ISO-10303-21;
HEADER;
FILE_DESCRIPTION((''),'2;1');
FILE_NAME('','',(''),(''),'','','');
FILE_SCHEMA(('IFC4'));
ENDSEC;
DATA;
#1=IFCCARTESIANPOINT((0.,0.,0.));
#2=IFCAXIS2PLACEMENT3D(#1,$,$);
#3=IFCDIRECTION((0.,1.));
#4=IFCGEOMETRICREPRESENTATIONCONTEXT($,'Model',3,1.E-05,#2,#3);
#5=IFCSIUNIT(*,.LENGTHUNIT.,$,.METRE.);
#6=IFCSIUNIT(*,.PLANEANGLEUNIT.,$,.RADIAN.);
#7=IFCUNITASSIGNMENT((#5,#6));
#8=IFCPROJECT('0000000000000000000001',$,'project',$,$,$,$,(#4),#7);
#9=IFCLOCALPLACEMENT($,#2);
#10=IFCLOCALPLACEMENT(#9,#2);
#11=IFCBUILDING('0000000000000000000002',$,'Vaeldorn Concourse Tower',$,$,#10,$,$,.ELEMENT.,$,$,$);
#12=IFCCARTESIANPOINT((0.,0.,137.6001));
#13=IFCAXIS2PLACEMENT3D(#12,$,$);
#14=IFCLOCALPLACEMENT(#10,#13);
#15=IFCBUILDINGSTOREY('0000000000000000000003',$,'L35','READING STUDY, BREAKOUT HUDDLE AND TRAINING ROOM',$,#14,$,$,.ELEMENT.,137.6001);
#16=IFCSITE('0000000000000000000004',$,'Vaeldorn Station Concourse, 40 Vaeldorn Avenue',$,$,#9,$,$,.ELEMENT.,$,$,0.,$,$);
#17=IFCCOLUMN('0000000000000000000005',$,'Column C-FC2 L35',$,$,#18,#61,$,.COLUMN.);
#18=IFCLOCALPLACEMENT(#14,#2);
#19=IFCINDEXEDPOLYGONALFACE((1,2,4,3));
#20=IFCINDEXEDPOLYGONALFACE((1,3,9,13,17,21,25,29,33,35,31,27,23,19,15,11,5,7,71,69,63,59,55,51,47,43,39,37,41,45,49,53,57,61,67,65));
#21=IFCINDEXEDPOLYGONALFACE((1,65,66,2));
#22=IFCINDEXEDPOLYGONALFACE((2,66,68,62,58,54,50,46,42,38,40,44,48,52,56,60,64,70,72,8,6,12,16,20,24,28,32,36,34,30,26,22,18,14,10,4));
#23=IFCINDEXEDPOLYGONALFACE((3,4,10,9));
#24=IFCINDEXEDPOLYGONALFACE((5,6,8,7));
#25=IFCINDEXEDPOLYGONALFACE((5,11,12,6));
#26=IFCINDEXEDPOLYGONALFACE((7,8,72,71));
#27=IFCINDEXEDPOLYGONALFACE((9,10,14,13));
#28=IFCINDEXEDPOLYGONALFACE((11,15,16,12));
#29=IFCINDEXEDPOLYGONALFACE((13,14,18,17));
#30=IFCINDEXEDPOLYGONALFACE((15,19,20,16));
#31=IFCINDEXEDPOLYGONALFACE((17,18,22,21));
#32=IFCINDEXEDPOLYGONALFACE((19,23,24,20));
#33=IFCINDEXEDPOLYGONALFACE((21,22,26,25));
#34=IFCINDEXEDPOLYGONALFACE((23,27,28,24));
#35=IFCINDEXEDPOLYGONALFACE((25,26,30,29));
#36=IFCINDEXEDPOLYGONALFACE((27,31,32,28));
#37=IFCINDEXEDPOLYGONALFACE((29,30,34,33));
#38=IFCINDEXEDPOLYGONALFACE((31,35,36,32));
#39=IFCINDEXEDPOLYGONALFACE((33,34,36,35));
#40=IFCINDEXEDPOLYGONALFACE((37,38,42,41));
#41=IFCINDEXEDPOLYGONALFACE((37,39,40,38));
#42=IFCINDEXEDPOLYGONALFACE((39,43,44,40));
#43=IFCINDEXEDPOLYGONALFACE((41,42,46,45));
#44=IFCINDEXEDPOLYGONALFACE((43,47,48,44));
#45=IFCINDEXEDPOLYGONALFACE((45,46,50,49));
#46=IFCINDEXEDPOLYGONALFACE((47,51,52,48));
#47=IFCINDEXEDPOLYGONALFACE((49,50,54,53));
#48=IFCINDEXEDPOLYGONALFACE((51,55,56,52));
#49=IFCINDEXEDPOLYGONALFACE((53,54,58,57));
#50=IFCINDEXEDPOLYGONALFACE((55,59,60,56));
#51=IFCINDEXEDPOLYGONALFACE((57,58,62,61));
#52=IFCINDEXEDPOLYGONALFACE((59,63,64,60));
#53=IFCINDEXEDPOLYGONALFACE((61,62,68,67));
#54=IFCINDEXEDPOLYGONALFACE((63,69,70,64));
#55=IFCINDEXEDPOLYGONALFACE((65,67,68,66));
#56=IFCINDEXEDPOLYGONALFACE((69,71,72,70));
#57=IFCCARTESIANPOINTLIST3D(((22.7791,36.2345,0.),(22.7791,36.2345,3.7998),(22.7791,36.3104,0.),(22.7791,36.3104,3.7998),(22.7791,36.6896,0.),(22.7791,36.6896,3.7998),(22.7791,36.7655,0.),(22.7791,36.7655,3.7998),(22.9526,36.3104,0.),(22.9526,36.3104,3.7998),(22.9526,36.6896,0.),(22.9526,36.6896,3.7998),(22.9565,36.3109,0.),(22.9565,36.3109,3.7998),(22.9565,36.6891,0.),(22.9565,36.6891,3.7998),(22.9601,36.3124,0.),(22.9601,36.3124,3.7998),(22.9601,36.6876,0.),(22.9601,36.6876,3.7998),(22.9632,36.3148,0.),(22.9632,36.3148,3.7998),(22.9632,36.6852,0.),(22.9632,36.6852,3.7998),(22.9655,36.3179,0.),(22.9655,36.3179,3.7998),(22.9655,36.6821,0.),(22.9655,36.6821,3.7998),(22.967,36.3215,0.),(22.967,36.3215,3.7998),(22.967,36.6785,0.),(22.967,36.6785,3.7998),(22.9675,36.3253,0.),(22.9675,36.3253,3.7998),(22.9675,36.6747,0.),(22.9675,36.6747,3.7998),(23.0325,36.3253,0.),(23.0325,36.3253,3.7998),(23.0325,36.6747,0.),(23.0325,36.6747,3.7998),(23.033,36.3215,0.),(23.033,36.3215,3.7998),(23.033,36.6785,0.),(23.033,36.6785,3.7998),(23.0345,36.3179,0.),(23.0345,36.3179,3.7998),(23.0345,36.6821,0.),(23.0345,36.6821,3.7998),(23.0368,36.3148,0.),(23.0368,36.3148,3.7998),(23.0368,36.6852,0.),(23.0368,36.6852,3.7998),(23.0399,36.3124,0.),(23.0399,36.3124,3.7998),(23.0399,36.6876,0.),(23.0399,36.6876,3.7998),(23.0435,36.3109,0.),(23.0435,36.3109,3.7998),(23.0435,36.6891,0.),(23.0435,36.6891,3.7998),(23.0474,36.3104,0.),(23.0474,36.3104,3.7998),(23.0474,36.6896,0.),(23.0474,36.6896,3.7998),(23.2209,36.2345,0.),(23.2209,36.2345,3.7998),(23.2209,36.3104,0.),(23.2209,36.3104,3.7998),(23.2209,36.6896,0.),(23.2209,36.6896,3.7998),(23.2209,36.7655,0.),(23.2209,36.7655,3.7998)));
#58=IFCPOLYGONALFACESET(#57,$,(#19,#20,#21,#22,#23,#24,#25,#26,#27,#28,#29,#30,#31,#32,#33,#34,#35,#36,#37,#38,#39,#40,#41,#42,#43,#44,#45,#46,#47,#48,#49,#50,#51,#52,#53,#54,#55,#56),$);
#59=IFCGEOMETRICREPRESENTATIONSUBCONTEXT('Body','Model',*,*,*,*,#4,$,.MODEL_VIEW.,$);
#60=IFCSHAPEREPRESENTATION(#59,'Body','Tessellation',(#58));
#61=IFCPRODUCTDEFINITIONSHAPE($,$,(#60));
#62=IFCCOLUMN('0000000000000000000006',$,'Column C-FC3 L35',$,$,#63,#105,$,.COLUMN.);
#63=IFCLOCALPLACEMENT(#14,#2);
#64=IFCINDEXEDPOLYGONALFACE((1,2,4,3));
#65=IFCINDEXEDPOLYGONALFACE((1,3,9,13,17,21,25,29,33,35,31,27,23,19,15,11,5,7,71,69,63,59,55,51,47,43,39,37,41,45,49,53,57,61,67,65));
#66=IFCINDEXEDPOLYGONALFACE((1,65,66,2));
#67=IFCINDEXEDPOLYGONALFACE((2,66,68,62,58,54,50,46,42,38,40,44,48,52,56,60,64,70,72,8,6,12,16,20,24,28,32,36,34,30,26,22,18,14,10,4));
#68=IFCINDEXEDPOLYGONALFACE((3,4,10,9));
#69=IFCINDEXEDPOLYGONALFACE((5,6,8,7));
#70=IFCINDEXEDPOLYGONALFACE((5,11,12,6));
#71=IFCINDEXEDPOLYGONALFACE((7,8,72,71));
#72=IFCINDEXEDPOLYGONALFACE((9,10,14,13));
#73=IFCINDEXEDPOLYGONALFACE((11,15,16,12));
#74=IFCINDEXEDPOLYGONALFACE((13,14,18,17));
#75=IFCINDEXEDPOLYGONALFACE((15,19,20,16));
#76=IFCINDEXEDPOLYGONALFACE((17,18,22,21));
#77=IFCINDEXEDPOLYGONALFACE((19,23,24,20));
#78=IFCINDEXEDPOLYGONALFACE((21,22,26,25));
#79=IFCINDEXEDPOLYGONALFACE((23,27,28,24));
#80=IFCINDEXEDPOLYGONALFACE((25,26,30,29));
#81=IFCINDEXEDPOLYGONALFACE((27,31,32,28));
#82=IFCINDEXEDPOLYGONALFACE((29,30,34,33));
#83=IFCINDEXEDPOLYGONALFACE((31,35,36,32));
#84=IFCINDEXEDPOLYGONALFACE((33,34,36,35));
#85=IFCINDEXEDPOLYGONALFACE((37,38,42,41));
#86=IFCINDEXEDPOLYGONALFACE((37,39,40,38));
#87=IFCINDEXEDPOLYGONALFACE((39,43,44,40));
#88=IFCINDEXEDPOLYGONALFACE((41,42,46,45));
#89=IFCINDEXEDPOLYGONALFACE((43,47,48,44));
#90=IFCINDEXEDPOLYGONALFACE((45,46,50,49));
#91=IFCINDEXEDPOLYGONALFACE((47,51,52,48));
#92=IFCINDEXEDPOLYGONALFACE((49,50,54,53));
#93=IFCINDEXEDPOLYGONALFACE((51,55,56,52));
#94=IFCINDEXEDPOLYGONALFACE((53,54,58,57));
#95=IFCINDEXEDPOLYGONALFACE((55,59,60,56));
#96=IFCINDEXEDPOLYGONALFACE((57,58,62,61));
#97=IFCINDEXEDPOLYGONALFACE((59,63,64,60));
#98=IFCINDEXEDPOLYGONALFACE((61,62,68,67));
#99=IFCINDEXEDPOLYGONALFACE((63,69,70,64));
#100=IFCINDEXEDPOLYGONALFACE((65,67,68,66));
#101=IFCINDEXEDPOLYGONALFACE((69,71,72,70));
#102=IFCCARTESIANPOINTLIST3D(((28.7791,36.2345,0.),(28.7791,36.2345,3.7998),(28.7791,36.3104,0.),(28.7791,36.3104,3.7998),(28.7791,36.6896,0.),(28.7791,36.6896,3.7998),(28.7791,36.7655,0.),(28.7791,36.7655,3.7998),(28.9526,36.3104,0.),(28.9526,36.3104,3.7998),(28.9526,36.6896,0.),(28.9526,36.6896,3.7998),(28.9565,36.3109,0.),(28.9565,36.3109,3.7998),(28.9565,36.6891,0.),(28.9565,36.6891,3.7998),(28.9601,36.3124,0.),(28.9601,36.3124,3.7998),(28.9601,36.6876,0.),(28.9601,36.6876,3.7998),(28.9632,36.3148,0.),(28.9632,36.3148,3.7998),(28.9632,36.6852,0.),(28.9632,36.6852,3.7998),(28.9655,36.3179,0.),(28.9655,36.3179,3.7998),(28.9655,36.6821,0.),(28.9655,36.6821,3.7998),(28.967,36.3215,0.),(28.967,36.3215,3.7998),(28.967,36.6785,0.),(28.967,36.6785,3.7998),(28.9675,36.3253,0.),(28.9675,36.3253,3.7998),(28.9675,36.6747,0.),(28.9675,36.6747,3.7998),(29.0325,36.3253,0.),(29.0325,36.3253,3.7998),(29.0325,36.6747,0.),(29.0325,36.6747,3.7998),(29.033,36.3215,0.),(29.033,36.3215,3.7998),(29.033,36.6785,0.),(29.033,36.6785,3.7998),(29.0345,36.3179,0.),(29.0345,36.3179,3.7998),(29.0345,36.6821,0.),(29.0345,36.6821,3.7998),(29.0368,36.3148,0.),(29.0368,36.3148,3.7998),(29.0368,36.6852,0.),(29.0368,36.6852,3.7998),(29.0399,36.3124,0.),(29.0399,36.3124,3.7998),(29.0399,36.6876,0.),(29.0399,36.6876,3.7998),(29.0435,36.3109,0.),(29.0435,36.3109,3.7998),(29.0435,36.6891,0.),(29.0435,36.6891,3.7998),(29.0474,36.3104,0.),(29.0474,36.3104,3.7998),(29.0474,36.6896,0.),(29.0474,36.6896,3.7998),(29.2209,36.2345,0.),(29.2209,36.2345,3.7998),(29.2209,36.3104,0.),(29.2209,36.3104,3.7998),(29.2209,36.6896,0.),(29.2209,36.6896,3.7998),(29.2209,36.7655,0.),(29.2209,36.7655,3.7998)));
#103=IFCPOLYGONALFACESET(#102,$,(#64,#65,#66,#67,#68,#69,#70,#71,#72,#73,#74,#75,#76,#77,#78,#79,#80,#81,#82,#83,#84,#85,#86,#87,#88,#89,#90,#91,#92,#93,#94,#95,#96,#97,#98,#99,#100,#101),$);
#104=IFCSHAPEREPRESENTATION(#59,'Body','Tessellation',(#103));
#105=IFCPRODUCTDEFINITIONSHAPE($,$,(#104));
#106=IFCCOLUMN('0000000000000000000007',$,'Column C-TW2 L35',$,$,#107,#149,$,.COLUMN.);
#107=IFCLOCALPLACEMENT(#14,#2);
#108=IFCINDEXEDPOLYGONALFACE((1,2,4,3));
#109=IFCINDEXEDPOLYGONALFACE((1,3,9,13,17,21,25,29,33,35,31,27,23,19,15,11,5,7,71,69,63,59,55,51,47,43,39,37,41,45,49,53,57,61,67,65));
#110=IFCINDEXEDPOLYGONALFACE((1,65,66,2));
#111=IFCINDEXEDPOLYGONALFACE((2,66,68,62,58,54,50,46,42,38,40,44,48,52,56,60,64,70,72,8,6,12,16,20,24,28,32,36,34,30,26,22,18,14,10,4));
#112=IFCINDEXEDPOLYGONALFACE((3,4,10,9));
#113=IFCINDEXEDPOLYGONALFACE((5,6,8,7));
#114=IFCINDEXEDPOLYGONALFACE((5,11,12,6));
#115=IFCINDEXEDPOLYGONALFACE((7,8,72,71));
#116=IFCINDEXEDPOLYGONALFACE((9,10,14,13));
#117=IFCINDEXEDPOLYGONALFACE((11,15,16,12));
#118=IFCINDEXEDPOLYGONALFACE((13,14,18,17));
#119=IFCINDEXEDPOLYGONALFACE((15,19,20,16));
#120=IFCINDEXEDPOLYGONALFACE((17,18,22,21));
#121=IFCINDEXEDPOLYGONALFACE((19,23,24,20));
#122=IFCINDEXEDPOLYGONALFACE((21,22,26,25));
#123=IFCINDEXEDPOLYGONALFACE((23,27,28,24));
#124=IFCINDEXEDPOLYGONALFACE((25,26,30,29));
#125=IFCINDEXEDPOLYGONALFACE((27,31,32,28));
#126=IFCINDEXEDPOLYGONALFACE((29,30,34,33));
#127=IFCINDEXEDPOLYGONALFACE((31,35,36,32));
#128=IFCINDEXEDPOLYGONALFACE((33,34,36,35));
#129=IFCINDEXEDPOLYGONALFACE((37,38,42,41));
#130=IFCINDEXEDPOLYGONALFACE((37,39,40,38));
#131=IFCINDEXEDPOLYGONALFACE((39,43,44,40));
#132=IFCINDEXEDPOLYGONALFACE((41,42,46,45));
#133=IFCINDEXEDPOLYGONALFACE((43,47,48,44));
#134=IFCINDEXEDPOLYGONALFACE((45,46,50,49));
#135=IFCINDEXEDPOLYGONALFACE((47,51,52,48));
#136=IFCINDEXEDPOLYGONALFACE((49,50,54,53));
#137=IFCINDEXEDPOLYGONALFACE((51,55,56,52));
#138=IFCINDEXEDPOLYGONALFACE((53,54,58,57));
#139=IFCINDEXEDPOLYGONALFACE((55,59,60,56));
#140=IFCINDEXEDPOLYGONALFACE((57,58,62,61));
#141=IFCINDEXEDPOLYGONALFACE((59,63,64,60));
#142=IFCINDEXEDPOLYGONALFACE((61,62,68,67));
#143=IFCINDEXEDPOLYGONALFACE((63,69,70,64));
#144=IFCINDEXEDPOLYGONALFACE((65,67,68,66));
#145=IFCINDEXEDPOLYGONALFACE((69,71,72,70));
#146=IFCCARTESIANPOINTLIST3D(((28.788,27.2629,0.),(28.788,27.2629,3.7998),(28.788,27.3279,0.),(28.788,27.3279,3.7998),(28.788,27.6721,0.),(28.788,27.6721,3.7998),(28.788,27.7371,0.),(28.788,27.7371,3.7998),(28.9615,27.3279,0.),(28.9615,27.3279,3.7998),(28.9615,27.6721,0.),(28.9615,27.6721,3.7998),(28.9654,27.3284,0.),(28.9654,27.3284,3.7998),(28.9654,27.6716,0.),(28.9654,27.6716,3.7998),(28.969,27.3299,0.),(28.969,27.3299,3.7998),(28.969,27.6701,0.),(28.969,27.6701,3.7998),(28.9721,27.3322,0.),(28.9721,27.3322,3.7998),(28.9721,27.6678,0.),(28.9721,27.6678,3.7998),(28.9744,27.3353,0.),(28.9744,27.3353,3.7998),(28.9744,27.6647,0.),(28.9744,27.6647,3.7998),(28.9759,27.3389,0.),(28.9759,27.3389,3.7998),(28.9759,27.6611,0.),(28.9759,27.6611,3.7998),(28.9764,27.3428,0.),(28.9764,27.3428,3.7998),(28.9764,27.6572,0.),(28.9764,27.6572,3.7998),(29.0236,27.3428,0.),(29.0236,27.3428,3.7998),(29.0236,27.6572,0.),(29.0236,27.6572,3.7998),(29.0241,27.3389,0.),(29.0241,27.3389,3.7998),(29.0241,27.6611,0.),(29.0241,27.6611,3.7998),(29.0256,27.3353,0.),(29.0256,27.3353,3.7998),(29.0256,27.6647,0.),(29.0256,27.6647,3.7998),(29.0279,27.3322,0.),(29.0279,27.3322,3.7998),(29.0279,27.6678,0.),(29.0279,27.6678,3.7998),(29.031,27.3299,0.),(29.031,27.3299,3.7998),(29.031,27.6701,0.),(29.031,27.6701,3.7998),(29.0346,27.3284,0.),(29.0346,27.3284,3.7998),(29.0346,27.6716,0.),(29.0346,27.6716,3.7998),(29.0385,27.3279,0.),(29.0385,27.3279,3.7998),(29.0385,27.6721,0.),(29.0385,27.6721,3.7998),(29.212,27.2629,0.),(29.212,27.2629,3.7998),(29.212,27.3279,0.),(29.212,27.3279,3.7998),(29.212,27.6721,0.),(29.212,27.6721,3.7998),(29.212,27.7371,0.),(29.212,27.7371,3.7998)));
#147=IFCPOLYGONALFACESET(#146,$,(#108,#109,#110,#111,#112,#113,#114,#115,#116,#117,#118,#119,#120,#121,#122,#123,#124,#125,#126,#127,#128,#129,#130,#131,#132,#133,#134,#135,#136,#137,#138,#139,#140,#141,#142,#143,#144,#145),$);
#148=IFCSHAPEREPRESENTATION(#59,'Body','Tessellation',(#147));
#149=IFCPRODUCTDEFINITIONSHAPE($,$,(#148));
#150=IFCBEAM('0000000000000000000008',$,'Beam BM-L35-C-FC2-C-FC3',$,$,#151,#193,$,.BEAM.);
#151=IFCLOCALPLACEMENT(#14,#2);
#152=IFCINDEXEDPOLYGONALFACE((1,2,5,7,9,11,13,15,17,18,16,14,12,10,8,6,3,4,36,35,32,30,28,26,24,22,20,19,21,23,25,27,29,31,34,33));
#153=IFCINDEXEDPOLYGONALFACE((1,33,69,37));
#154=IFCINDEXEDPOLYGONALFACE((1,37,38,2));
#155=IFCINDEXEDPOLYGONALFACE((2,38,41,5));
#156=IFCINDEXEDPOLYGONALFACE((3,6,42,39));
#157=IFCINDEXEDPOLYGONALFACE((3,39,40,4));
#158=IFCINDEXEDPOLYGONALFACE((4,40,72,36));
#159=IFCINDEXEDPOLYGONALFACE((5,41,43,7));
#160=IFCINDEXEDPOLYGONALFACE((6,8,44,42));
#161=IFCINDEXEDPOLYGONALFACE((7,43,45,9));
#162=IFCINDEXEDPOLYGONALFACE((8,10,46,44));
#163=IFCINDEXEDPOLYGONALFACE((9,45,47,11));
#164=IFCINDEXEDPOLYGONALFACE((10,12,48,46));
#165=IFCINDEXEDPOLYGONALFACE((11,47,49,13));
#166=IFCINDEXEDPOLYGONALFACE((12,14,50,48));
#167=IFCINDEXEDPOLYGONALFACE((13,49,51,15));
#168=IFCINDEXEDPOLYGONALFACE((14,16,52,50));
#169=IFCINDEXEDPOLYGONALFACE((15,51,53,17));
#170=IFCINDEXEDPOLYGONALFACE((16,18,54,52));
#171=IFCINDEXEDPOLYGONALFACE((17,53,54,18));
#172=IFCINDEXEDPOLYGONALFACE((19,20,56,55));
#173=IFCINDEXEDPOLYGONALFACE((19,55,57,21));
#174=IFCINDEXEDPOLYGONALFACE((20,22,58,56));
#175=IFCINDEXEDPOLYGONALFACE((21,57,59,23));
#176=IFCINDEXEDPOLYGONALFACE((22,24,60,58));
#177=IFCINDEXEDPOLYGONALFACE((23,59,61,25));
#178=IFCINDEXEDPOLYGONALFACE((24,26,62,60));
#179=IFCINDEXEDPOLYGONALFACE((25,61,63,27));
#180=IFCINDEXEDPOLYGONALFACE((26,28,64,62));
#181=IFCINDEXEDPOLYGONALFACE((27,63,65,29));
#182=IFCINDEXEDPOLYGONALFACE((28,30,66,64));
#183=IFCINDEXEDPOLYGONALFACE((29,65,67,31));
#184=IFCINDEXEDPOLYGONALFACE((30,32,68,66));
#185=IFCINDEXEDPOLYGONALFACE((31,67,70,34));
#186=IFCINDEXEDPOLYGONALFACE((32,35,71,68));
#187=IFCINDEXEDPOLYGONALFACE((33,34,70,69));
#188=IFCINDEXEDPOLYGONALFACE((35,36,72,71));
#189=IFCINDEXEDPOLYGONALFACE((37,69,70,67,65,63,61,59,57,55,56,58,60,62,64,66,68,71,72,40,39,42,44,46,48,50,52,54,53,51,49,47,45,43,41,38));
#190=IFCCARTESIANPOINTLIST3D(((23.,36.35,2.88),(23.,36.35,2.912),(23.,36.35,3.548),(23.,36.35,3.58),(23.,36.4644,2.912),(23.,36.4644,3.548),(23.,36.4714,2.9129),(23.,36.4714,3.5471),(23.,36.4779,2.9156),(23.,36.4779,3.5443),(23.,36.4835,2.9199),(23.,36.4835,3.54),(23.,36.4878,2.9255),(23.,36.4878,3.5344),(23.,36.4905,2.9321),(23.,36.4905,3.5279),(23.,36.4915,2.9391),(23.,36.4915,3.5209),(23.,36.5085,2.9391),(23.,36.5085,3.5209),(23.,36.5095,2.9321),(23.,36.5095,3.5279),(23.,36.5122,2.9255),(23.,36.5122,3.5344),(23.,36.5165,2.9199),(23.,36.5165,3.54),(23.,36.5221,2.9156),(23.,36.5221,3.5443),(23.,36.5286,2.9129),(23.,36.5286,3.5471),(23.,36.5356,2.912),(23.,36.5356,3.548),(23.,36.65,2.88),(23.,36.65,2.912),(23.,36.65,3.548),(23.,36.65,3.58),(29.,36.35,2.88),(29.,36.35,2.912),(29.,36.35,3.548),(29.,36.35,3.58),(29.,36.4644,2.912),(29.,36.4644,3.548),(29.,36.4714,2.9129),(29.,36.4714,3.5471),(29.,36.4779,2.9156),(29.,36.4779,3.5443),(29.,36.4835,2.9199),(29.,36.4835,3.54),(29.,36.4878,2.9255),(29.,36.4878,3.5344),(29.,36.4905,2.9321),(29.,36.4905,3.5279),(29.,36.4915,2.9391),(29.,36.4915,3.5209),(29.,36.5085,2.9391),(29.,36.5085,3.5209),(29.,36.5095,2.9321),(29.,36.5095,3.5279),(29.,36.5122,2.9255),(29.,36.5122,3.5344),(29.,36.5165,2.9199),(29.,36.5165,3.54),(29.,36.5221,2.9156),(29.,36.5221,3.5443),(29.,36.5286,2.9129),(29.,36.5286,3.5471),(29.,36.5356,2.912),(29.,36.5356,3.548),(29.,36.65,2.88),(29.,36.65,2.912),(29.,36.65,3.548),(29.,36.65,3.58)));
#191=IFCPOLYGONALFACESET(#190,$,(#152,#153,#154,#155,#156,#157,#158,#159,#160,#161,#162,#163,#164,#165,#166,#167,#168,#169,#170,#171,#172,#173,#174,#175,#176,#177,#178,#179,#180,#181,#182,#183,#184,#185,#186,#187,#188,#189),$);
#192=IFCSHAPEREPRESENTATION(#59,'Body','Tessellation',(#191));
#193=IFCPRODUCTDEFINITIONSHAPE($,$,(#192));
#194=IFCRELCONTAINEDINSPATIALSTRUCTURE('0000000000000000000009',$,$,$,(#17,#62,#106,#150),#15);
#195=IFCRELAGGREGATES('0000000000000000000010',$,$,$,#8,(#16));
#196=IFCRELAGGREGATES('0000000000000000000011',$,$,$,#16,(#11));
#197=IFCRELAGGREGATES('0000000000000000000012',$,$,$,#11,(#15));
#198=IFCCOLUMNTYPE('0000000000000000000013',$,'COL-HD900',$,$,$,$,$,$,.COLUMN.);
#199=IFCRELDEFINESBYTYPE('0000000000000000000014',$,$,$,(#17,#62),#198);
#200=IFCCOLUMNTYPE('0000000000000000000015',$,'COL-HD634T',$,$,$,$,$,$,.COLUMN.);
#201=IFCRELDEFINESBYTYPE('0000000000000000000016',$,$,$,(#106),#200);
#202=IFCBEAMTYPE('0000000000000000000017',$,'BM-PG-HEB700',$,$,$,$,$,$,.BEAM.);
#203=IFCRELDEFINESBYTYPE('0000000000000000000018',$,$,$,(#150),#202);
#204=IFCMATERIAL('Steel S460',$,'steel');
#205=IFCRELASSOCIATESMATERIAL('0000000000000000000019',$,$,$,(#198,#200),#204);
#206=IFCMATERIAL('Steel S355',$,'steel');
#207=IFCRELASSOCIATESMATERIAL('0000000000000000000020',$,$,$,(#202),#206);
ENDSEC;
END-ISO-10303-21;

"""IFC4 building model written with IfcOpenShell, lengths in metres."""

from ifc_helpers import new_model, si_unit, direction, frame, origin, origin_2d, place, context, subcontext, project, spatial, i_section, extrude, source, transform, mapped, material, material_profile, profile_set, type_object, element, save


model = new_model("IFC4")

# Units and contexts
model_context = context("Model", 3, precision=1e-05, world=origin(), true_north=direction((0.0, 1.0)))
body_context = subcontext(model_context, "Body", "Model", "MODEL_VIEW")
ifc_project = project(units=[si_unit("LENGTHUNIT", "METRE"), si_unit("PLANEANGLEUNIT", "RADIAN")], contexts=[model_context])

# Site, building, storey
site_placement = place(None, origin())
site = spatial("IfcSite", under=ifc_project, at=site_placement, Name="Vaeldorn Station Concourse, 40 Vaeldorn Avenue", CompositionType="ELEMENT", RefElevation=0.0)
building_placement = place(site_placement, origin())
building = spatial("IfcBuilding", under=site, at=building_placement, Name="Vaeldorn Concourse Tower", CompositionType="ELEMENT")
storey_placement = place(building_placement, frame((0.0, 0.0, 137.6001)))
storey = spatial("IfcBuildingStorey", under=building, at=storey_placement, Name="L35", Description="READING STUDY, BREAKOUT HUDDLE AND TRAINING ROOM", CompositionType="ELEMENT", Elevation=137.6001)

# Columns
ifc_material_1 = material(Name="Steel S460", Category="steel")
ifc_material_profile_1 = material_profile(ifc_material_1, i_section(OverallWidth=0.4419, OverallDepth=0.531, WebThickness=0.0649, FlangeThickness=0.0759, FilletRadius=0.0149, at=origin_2d()), Name="HD 400x900")
ifc_profile_set_1 = profile_set([ifc_material_profile_1], Name="Steel S460")
column_type_1 = type_object("IfcColumnType", Name="COL-HD900", PredefinedType="COLUMN", material=ifc_profile_set_1)
shared_shape_1 = source(origin(), body_context, "Body", "SweptSolid", [
    extrude(i_section(OverallWidth=0.4419, OverallDepth=0.531, WebThickness=0.0649, FlangeThickness=0.0759, FilletRadius=0.0149, at=origin_2d()), origin(), (0.0, 0.0, 1.0), 3.7998),
])
for number, where, z_axis, x_axis, name in (
    (1, (23.0, 36.5, 0.0), (0.0, 0.0, 1.0), (1.0, 0.0, 0.0), "Column C-FC2 L35"),
    (2, (29.0, 36.5, 0.0), (0.0, 0.0, 1.0), (1.0, 0.0, 0.0), "Column C-FC3 L35"),
):
    element("IfcColumn", number, at=place(storey_placement, frame(where, z_axis=z_axis, x_axis=x_axis)), inside=storey, type_object=column_type_1, Name=name, PredefinedType="COLUMN", context=body_context, shape_type="MappedRepresentation", body=[
        mapped(shared_shape_1, transform((0.0, 0.0, 0.0), scale=1.0)),
    ])
ifc_material_profile_2 = material_profile(ifc_material_1, i_section(OverallWidth=0.4241, OverallDepth=0.4741, WebThickness=0.0471, FlangeThickness=0.0649, FilletRadius=0.0149, at=origin_2d()), Name="HD 400x634")
ifc_profile_set_2 = profile_set([ifc_material_profile_2], Name="Steel S460")
column_type_2 = type_object("IfcColumnType", Name="COL-HD634T", PredefinedType="COLUMN", material=ifc_profile_set_2)
shared_shape_2 = source(origin(), body_context, "Body", "SweptSolid", [
    extrude(i_section(OverallWidth=0.4241, OverallDepth=0.4741, WebThickness=0.0471, FlangeThickness=0.0649, FilletRadius=0.0149, at=origin_2d()), origin(), (0.0, 0.0, 1.0), 3.7998),
])
column_placement = place(storey_placement, frame((29.0, 27.5, 0.0), z_axis=(0.0, 0.0, 1.0), x_axis=(1.0, 0.0, 0.0)))
element("IfcColumn", 3, at=column_placement, inside=storey, type_object=column_type_2, Name="Column C-TW2 L35", PredefinedType="COLUMN", context=body_context, shape_type="MappedRepresentation", body=[
    mapped(shared_shape_2, transform((0.0, 0.0, 0.0), scale=1.0)),
])

# Beam
ifc_material_2 = material(Name="Steel S355", Category="steel")
ifc_material_profile_3 = material_profile(ifc_material_2, i_section(OverallWidth=0.3, OverallDepth=0.7, WebThickness=0.0171, FlangeThickness=0.032, FilletRadius=0.0271, at=origin_2d()), Name="HEB 700")
ifc_profile_set_3 = profile_set([ifc_material_profile_3], Name="Steel S355")
beam_type_1 = type_object("IfcBeamType", Name="BM-PG-HEB700", PredefinedType="BEAM", material=ifc_profile_set_3)
shared_shape_3 = source(origin(), body_context, "Body", "SweptSolid", [
    extrude(i_section(OverallWidth=0.3, OverallDepth=0.7, WebThickness=0.0171, FlangeThickness=0.032, FilletRadius=0.0271, at=origin_2d()), origin(), (0.0, 0.0, 1.0), 6.0),
])
beam_1_placement = place(storey_placement, frame((23.0, 36.5, 3.23), z_axis=(1.0, 0.0, 0.0), x_axis=(0.0, 1.0, 0.0)))
element("IfcBeam", 4, at=beam_1_placement, inside=storey, type_object=beam_type_1, Name="Beam BM-L35-C-FC2-C-FC3", PredefinedType="BEAM", context=body_context, shape_type="MappedRepresentation", body=[
    mapped(shared_shape_3, transform((0.0, 0.0, 0.0), scale=1.0)),
])

save(model, "model.ifc")
